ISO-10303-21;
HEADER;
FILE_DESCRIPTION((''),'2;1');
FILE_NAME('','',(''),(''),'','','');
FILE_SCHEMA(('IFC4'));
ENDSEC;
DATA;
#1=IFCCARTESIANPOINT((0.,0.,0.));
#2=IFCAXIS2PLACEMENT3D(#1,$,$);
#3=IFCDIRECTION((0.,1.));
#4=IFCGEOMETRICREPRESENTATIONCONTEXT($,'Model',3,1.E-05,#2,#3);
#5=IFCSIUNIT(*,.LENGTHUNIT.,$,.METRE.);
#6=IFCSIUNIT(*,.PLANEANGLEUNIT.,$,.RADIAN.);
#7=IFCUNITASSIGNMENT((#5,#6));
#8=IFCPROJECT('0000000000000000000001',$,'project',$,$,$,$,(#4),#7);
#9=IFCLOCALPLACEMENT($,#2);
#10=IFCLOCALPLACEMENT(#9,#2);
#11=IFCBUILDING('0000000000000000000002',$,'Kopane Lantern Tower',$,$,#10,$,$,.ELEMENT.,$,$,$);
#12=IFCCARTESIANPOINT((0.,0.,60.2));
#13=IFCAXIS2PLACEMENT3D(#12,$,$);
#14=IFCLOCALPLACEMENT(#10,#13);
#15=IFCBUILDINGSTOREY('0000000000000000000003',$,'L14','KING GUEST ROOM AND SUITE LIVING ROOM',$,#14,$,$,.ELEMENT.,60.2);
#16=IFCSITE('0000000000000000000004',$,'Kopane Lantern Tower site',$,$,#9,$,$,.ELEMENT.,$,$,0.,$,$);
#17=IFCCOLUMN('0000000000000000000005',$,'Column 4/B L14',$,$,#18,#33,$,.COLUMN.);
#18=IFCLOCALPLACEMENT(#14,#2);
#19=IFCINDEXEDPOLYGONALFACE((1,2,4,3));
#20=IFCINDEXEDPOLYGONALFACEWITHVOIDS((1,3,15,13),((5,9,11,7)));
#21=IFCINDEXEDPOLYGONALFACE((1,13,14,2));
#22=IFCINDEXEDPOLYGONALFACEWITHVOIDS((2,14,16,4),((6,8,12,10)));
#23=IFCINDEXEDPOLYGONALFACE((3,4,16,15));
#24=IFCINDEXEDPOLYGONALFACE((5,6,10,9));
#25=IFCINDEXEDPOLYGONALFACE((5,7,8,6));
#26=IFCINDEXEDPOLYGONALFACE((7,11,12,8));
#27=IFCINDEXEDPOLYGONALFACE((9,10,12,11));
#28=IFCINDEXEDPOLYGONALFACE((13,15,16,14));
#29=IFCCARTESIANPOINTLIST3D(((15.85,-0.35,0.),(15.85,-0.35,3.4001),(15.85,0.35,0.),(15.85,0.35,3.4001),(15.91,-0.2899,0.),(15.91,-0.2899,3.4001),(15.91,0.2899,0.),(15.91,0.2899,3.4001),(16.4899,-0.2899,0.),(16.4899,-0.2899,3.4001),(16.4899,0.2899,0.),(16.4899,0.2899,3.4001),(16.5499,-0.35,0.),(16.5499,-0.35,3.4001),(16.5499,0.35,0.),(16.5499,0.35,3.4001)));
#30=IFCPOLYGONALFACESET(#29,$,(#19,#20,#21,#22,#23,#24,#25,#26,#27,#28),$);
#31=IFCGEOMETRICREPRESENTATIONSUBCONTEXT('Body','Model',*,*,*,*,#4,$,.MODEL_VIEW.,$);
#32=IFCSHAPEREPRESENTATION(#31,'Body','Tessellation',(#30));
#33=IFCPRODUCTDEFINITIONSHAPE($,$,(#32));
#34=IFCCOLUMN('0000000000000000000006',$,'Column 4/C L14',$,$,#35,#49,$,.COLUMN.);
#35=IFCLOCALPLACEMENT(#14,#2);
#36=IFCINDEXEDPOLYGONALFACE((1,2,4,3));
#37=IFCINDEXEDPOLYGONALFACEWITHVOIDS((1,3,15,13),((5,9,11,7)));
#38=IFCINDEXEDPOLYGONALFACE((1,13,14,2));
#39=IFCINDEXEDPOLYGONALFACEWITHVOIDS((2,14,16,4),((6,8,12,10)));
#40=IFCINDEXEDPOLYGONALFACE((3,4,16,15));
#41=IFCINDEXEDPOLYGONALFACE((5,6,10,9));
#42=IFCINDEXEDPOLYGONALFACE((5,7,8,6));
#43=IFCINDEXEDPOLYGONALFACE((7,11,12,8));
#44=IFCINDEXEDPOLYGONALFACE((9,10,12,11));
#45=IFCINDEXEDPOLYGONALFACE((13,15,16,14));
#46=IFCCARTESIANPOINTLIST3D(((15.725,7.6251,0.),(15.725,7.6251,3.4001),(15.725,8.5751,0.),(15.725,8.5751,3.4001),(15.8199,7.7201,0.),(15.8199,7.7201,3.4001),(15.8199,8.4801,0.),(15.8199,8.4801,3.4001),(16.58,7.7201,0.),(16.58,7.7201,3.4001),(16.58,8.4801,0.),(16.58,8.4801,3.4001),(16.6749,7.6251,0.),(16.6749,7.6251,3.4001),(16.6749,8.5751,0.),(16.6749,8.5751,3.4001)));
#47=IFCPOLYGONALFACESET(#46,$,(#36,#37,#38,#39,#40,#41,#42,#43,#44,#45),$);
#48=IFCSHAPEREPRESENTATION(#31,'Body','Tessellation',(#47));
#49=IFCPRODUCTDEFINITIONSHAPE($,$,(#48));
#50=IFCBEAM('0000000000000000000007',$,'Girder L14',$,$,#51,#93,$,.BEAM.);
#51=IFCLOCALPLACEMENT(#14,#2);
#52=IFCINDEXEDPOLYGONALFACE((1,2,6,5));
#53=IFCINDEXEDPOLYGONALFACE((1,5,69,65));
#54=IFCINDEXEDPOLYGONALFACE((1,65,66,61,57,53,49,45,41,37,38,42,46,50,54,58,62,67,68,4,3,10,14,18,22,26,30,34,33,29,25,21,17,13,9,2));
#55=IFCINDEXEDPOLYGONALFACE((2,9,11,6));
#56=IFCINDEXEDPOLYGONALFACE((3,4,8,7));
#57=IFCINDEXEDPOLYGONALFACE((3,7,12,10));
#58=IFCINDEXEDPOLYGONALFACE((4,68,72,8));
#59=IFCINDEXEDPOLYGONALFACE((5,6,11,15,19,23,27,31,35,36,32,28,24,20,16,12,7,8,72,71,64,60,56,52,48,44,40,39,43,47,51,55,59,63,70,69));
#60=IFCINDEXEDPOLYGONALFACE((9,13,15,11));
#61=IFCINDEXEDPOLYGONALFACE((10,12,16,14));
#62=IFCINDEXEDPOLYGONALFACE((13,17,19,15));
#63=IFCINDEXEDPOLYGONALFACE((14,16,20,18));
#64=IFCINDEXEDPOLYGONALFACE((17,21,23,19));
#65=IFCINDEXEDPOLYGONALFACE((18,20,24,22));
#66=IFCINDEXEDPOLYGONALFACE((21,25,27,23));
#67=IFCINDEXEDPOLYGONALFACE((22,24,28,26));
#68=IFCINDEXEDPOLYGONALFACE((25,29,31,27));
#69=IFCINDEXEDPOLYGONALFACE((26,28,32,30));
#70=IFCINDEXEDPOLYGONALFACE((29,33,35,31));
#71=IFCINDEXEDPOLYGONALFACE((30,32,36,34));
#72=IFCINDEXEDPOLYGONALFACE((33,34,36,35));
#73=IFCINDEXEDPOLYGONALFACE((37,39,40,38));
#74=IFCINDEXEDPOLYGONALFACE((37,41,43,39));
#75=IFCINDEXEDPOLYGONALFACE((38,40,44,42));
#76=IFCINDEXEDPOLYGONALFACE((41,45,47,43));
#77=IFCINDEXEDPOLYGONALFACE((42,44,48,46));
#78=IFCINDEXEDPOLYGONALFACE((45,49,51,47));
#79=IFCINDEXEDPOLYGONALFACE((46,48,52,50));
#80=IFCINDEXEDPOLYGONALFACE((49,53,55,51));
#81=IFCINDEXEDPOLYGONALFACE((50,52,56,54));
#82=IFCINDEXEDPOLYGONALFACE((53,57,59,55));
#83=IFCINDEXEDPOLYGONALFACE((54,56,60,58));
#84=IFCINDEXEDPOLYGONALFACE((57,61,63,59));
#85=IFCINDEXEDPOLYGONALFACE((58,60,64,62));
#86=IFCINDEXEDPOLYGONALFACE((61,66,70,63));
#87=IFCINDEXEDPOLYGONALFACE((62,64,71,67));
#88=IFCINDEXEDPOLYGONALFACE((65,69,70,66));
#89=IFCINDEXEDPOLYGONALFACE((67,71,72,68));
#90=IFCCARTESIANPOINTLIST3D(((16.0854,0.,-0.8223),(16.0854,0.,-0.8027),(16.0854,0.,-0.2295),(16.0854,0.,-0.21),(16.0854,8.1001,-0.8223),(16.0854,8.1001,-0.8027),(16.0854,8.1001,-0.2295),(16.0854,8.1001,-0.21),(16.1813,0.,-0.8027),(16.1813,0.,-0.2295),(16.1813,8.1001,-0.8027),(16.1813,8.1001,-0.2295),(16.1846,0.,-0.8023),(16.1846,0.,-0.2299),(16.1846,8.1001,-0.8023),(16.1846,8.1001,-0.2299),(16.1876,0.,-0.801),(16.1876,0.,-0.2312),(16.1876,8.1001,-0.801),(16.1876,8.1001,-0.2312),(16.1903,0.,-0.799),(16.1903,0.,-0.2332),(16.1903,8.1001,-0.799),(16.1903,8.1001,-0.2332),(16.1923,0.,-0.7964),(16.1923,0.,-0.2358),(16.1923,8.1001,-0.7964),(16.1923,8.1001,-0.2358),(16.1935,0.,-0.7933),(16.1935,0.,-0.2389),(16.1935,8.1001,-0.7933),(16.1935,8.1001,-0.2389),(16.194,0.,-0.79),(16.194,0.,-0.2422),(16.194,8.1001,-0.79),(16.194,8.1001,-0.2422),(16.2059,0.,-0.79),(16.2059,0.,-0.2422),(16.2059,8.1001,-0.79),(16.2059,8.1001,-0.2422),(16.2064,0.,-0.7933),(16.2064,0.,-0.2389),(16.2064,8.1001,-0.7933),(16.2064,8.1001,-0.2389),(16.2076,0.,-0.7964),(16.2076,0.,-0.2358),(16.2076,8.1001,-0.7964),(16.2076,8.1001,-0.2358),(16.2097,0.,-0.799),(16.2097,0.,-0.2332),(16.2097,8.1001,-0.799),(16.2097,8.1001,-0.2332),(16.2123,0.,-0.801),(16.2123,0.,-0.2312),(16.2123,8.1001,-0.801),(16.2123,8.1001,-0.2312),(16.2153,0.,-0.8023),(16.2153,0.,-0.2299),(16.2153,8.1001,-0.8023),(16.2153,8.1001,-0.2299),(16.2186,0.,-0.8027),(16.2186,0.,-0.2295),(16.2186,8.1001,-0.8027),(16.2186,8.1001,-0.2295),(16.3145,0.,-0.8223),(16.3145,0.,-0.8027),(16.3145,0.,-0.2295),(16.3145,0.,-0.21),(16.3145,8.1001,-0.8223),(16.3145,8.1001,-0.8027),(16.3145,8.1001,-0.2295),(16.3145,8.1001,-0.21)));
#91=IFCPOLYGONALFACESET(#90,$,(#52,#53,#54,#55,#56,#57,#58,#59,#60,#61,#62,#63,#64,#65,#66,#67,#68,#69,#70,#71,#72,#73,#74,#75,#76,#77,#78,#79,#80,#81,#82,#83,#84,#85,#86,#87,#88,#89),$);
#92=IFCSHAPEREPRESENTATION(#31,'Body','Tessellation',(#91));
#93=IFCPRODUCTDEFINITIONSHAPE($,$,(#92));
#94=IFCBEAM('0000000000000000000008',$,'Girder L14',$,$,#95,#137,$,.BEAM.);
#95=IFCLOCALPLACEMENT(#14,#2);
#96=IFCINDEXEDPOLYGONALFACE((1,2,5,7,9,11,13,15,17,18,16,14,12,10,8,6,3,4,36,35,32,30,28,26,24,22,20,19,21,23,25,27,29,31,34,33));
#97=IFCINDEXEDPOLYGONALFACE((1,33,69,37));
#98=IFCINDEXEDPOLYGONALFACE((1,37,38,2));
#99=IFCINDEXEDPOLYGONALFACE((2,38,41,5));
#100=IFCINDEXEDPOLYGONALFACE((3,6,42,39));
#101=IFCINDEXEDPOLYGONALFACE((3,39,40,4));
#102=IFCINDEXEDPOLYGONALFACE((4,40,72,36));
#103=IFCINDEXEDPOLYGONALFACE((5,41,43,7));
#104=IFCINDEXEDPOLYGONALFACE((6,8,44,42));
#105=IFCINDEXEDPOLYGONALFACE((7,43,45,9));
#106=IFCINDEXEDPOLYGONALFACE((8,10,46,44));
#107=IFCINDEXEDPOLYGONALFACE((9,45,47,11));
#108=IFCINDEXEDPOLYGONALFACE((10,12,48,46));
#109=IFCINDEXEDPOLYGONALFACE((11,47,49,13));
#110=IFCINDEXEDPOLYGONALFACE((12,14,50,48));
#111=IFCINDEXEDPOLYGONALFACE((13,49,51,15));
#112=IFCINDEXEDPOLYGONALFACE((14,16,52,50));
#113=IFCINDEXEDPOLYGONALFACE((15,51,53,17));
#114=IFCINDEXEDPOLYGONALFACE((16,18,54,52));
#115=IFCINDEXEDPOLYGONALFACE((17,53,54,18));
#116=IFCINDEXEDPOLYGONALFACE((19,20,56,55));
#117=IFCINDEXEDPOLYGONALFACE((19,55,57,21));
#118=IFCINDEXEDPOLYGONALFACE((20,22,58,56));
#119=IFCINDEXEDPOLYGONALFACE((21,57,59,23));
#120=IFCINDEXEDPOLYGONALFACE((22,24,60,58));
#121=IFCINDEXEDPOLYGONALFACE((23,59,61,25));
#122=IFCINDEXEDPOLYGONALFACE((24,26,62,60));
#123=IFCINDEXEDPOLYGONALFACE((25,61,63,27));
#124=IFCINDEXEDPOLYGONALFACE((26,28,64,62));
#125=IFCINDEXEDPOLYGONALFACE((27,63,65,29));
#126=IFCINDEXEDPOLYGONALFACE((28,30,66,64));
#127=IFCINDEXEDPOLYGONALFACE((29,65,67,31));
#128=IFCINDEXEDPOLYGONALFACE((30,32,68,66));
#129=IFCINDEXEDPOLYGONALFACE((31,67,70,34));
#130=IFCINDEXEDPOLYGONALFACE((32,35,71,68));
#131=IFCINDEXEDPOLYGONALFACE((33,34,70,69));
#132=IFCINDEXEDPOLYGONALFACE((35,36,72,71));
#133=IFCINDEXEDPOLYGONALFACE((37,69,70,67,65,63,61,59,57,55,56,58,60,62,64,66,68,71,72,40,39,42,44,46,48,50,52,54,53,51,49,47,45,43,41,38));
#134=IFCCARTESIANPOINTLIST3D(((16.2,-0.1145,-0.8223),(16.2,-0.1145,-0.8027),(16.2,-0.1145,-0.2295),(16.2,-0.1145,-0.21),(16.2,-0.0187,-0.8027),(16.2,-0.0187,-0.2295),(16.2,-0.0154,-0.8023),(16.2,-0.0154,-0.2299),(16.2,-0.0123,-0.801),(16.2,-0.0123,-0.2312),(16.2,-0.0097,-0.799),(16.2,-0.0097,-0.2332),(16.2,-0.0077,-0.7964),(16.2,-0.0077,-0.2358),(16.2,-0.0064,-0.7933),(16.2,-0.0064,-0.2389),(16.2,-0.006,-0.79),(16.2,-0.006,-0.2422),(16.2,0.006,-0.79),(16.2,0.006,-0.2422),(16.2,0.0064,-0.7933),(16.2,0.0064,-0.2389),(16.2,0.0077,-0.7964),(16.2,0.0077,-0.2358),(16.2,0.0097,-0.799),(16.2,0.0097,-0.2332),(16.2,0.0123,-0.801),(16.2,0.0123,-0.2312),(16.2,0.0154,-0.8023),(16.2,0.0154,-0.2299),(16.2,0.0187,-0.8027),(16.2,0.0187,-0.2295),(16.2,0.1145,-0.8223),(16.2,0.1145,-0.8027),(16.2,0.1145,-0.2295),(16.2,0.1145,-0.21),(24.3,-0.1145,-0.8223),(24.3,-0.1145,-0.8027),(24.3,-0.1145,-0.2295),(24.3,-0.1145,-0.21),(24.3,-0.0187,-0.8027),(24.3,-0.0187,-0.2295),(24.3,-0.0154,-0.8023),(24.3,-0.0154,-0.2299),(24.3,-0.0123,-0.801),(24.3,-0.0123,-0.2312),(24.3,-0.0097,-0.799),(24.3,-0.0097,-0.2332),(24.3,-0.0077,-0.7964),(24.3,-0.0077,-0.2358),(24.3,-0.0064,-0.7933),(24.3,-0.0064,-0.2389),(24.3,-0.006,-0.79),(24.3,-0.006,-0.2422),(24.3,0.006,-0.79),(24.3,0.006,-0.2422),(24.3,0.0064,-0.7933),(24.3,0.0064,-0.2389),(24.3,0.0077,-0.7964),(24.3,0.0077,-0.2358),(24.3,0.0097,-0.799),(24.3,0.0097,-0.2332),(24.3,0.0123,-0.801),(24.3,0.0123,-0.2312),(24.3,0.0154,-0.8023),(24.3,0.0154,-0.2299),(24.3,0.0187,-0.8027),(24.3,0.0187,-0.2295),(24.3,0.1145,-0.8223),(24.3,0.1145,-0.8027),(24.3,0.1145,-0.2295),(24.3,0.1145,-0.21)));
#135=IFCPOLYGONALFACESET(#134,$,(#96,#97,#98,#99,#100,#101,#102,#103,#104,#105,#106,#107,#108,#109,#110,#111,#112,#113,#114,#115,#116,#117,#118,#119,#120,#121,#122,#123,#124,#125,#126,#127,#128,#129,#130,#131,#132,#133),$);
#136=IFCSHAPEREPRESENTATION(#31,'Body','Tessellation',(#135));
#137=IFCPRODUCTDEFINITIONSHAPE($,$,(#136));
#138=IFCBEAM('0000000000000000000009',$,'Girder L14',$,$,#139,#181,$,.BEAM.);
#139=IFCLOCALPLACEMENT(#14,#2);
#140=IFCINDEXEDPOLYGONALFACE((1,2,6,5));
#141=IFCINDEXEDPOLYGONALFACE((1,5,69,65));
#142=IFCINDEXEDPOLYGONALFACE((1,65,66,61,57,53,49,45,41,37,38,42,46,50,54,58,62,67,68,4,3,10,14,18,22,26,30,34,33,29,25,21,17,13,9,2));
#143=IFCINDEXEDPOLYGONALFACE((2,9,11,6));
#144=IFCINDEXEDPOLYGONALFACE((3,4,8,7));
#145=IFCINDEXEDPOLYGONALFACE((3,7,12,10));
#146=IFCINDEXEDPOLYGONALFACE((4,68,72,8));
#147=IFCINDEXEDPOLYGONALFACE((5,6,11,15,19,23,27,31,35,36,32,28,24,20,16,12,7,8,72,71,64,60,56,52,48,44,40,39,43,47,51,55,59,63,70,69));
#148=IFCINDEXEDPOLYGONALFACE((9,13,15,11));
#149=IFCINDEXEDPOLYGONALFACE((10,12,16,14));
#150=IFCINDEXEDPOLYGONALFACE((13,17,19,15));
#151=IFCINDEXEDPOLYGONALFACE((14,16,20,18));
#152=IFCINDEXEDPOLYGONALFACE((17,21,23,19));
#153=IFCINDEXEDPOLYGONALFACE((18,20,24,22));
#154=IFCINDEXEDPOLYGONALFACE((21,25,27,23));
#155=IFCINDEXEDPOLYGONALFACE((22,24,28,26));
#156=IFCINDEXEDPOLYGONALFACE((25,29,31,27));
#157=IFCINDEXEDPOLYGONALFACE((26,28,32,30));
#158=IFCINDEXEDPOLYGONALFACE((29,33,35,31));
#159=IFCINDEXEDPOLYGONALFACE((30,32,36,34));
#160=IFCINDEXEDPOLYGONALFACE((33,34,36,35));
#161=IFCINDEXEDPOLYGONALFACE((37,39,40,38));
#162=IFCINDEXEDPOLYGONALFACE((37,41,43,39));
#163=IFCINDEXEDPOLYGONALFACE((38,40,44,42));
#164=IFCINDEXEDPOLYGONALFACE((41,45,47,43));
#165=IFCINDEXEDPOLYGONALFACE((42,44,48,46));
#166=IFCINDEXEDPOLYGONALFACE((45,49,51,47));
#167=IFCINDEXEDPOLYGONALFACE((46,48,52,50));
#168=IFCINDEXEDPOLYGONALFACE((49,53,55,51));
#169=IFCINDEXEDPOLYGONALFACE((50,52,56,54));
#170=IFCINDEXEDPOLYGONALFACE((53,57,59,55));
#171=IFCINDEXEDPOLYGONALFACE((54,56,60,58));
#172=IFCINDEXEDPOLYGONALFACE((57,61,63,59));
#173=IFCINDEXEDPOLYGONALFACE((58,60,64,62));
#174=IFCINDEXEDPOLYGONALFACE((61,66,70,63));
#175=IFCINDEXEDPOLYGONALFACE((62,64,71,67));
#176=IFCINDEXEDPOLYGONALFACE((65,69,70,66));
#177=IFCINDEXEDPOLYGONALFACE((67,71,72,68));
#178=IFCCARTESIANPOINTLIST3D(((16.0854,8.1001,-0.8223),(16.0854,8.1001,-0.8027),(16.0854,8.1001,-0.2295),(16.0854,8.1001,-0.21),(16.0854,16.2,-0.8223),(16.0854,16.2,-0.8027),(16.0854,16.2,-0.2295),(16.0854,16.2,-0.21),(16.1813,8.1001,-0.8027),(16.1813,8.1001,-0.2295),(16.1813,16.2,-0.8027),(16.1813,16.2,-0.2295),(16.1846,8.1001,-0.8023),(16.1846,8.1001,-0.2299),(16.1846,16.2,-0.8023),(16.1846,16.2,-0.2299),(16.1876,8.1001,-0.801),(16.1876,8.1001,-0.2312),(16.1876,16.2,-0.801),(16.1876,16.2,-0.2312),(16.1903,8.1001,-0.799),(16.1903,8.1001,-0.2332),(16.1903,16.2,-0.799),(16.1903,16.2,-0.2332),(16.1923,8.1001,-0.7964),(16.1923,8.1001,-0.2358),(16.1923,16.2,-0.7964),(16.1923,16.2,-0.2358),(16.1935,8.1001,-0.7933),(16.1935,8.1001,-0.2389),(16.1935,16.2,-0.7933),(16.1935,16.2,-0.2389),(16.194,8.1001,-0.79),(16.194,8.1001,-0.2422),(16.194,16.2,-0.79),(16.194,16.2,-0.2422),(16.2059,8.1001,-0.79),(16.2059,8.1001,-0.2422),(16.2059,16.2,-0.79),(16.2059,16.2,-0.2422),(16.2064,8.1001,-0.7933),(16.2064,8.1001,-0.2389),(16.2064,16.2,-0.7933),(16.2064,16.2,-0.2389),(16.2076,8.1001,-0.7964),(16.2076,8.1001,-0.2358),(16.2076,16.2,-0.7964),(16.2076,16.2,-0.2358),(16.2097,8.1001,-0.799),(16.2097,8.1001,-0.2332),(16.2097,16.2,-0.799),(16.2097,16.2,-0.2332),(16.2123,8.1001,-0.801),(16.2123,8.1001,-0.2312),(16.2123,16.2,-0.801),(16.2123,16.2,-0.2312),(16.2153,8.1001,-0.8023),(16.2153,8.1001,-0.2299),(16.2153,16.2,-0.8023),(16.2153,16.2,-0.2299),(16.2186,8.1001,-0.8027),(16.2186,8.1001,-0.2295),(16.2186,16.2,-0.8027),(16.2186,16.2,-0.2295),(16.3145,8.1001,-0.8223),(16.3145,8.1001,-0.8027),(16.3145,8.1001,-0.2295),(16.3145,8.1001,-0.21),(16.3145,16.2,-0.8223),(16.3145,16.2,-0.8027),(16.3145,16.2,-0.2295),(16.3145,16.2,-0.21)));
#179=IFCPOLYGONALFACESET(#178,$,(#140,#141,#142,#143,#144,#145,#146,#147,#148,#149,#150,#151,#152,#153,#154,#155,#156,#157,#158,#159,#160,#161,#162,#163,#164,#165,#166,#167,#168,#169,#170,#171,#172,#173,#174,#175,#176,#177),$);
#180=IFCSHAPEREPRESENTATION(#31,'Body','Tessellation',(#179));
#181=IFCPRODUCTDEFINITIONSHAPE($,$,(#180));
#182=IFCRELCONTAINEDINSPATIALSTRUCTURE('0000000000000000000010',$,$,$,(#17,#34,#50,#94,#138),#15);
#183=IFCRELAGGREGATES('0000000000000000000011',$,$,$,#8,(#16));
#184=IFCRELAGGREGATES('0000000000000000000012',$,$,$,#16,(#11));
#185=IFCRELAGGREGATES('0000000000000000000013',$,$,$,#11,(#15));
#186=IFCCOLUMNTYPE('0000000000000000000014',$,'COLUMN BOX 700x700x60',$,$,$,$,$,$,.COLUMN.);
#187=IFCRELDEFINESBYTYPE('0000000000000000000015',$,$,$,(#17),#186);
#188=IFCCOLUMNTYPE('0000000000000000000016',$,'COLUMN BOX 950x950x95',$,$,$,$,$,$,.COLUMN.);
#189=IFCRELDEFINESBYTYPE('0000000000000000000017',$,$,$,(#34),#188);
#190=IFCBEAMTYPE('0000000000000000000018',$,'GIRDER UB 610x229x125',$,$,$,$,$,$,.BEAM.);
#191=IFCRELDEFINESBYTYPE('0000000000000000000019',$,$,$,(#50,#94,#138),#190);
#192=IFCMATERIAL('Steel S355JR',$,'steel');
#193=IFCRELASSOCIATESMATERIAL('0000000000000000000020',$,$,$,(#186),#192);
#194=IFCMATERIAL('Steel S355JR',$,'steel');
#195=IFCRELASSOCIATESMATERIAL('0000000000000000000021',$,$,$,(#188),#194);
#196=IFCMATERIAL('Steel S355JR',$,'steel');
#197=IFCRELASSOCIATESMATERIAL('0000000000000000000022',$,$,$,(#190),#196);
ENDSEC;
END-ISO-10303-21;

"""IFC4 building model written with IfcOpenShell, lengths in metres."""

from ifc_helpers import new_model, si_unit, direction, frame, origin, origin_2d, place, context, subcontext, project, spatial, hollow_rectangle, i_section, extrude, material, material_profile, profile_set, type_object, element, save


model = new_model("IFC4")

# Units and contexts
model_context = context("Model", 3, precision=1e-05, world=origin(), true_north=direction((0.0, 1.0)))
body_context = subcontext(model_context, "Body", "Model", "MODEL_VIEW")
ifc_project = project(units=[si_unit("LENGTHUNIT", "METRE"), si_unit("PLANEANGLEUNIT", "RADIAN")], contexts=[model_context])

# Site, building, storey
site_placement = place(None, origin())
site = spatial("IfcSite", under=ifc_project, at=site_placement, Name="Kopane Lantern Tower site", CompositionType="ELEMENT", RefElevation=0.0)
building_placement = place(site_placement, origin())
building = spatial("IfcBuilding", under=site, at=building_placement, Name="Kopane Lantern Tower", CompositionType="ELEMENT")
storey_placement = place(building_placement, frame((0.0, 0.0, 60.2)))
storey = spatial("IfcBuildingStorey", under=building, at=storey_placement, Name="L14", Description="KING GUEST ROOM AND SUITE LIVING ROOM", CompositionType="ELEMENT", Elevation=60.2)

# Columns
ifc_material_1 = material(Name="Steel S355JR", Category="steel")
ifc_material_profile_1 = material_profile(ifc_material_1, hollow_rectangle(XDim=0.7, YDim=0.7, WallThickness=0.0601, at=origin_2d()), Name="BOX 700x700x60")
ifc_profile_set_1 = profile_set([ifc_material_profile_1], Name="Steel S355JR")
column_type_1 = type_object("IfcColumnType", Name="COLUMN BOX 700x700x60", PredefinedType="COLUMN", material=ifc_profile_set_1)
column_1_placement = place(storey_placement, frame((16.2, 0.0, 0.0), z_axis=(0.0, 0.0, 1.0), x_axis=(1.0, 0.0, 0.0)))
element("IfcColumn", 1, at=column_1_placement, inside=storey, type_object=column_type_1, Name="Column 4/B L14", PredefinedType="COLUMN", context=body_context, shape_type="SweptSolid", body=[
    extrude(hollow_rectangle(XDim=0.7, YDim=0.7, WallThickness=0.0601, at=origin_2d()), origin(), (0.0, 0.0, 1.0), 3.4001),
])
ifc_material_2 = material(Name="Steel S355JR", Category="steel")
ifc_material_profile_2 = material_profile(ifc_material_2, hollow_rectangle(XDim=0.95, YDim=0.95, WallThickness=0.095, at=origin_2d()), Name="BOX 950x950x95")
ifc_profile_set_2 = profile_set([ifc_material_profile_2], Name="Steel S355JR")
column_type_2 = type_object("IfcColumnType", Name="COLUMN BOX 950x950x95", PredefinedType="COLUMN", material=ifc_profile_set_2)
column_2_placement = place(storey_placement, frame((16.2, 8.1001, 0.0), z_axis=(0.0, 0.0, 1.0), x_axis=(1.0, 0.0, 0.0)))
element("IfcColumn", 2, at=column_2_placement, inside=storey, type_object=column_type_2, Name="Column 4/C L14", PredefinedType="COLUMN", context=body_context, shape_type="SweptSolid", body=[
    extrude(hollow_rectangle(XDim=0.95, YDim=0.95, WallThickness=0.095, at=origin_2d()), origin(), (0.0, 0.0, 1.0), 3.4001),
])

# Beams
ifc_material_3 = material(Name="Steel S355JR", Category="steel")
ifc_material_profile_3 = material_profile(ifc_material_3, i_section(OverallWidth=0.229, OverallDepth=0.6123, WebThickness=0.012, FlangeThickness=0.0195, FilletRadius=0.0127, at=origin_2d()), Name="UB 610x229x125")
ifc_profile_set_3 = profile_set([ifc_material_profile_3], Name="Steel S355JR")
beam_type = type_object("IfcBeamType", Name="GIRDER UB 610x229x125", PredefinedType="BEAM", material=ifc_profile_set_3)
for number, where, z_axis, x_axis, name in (
    (3, (16.2, 0.0, -0.5161), (0.0, 1.0, 0.0), (-1.0, 0.0, 0.0), "Girder L14"),
    (4, (16.2, 0.0, -0.5161), (1.0, 0.0, 0.0), (0.0, 1.0, 0.0), "Girder L14"),
):
    element("IfcBeam", number, at=place(storey_placement, frame(where, z_axis=z_axis, x_axis=x_axis)), inside=storey, type_object=beam_type, Name=name, PredefinedType="BEAM", context=body_context, shape_type="SweptSolid", body=[
        extrude(i_section(OverallWidth=0.229, OverallDepth=0.6123, WebThickness=0.012, FlangeThickness=0.0195, FilletRadius=0.0127, at=origin_2d()), origin(), (0.0, 0.0, 1.0), 8.1001),
    ])
beam_placement = place(storey_placement, frame((16.2, 8.1001, -0.5161), z_axis=(0.0, 1.0, 0.0), x_axis=(-1.0, 0.0, 0.0)))
element("IfcBeam", 5, at=beam_placement, inside=storey, type_object=beam_type, Name="Girder L14", PredefinedType="BEAM", context=body_context, shape_type="SweptSolid", body=[
    extrude(i_section(OverallWidth=0.229, OverallDepth=0.6123, WebThickness=0.012, FlangeThickness=0.0195, FilletRadius=0.0127, at=origin_2d()), origin(), (0.0, 0.0, 1.0), 8.0999),
])

save(model, "model.ifc")
